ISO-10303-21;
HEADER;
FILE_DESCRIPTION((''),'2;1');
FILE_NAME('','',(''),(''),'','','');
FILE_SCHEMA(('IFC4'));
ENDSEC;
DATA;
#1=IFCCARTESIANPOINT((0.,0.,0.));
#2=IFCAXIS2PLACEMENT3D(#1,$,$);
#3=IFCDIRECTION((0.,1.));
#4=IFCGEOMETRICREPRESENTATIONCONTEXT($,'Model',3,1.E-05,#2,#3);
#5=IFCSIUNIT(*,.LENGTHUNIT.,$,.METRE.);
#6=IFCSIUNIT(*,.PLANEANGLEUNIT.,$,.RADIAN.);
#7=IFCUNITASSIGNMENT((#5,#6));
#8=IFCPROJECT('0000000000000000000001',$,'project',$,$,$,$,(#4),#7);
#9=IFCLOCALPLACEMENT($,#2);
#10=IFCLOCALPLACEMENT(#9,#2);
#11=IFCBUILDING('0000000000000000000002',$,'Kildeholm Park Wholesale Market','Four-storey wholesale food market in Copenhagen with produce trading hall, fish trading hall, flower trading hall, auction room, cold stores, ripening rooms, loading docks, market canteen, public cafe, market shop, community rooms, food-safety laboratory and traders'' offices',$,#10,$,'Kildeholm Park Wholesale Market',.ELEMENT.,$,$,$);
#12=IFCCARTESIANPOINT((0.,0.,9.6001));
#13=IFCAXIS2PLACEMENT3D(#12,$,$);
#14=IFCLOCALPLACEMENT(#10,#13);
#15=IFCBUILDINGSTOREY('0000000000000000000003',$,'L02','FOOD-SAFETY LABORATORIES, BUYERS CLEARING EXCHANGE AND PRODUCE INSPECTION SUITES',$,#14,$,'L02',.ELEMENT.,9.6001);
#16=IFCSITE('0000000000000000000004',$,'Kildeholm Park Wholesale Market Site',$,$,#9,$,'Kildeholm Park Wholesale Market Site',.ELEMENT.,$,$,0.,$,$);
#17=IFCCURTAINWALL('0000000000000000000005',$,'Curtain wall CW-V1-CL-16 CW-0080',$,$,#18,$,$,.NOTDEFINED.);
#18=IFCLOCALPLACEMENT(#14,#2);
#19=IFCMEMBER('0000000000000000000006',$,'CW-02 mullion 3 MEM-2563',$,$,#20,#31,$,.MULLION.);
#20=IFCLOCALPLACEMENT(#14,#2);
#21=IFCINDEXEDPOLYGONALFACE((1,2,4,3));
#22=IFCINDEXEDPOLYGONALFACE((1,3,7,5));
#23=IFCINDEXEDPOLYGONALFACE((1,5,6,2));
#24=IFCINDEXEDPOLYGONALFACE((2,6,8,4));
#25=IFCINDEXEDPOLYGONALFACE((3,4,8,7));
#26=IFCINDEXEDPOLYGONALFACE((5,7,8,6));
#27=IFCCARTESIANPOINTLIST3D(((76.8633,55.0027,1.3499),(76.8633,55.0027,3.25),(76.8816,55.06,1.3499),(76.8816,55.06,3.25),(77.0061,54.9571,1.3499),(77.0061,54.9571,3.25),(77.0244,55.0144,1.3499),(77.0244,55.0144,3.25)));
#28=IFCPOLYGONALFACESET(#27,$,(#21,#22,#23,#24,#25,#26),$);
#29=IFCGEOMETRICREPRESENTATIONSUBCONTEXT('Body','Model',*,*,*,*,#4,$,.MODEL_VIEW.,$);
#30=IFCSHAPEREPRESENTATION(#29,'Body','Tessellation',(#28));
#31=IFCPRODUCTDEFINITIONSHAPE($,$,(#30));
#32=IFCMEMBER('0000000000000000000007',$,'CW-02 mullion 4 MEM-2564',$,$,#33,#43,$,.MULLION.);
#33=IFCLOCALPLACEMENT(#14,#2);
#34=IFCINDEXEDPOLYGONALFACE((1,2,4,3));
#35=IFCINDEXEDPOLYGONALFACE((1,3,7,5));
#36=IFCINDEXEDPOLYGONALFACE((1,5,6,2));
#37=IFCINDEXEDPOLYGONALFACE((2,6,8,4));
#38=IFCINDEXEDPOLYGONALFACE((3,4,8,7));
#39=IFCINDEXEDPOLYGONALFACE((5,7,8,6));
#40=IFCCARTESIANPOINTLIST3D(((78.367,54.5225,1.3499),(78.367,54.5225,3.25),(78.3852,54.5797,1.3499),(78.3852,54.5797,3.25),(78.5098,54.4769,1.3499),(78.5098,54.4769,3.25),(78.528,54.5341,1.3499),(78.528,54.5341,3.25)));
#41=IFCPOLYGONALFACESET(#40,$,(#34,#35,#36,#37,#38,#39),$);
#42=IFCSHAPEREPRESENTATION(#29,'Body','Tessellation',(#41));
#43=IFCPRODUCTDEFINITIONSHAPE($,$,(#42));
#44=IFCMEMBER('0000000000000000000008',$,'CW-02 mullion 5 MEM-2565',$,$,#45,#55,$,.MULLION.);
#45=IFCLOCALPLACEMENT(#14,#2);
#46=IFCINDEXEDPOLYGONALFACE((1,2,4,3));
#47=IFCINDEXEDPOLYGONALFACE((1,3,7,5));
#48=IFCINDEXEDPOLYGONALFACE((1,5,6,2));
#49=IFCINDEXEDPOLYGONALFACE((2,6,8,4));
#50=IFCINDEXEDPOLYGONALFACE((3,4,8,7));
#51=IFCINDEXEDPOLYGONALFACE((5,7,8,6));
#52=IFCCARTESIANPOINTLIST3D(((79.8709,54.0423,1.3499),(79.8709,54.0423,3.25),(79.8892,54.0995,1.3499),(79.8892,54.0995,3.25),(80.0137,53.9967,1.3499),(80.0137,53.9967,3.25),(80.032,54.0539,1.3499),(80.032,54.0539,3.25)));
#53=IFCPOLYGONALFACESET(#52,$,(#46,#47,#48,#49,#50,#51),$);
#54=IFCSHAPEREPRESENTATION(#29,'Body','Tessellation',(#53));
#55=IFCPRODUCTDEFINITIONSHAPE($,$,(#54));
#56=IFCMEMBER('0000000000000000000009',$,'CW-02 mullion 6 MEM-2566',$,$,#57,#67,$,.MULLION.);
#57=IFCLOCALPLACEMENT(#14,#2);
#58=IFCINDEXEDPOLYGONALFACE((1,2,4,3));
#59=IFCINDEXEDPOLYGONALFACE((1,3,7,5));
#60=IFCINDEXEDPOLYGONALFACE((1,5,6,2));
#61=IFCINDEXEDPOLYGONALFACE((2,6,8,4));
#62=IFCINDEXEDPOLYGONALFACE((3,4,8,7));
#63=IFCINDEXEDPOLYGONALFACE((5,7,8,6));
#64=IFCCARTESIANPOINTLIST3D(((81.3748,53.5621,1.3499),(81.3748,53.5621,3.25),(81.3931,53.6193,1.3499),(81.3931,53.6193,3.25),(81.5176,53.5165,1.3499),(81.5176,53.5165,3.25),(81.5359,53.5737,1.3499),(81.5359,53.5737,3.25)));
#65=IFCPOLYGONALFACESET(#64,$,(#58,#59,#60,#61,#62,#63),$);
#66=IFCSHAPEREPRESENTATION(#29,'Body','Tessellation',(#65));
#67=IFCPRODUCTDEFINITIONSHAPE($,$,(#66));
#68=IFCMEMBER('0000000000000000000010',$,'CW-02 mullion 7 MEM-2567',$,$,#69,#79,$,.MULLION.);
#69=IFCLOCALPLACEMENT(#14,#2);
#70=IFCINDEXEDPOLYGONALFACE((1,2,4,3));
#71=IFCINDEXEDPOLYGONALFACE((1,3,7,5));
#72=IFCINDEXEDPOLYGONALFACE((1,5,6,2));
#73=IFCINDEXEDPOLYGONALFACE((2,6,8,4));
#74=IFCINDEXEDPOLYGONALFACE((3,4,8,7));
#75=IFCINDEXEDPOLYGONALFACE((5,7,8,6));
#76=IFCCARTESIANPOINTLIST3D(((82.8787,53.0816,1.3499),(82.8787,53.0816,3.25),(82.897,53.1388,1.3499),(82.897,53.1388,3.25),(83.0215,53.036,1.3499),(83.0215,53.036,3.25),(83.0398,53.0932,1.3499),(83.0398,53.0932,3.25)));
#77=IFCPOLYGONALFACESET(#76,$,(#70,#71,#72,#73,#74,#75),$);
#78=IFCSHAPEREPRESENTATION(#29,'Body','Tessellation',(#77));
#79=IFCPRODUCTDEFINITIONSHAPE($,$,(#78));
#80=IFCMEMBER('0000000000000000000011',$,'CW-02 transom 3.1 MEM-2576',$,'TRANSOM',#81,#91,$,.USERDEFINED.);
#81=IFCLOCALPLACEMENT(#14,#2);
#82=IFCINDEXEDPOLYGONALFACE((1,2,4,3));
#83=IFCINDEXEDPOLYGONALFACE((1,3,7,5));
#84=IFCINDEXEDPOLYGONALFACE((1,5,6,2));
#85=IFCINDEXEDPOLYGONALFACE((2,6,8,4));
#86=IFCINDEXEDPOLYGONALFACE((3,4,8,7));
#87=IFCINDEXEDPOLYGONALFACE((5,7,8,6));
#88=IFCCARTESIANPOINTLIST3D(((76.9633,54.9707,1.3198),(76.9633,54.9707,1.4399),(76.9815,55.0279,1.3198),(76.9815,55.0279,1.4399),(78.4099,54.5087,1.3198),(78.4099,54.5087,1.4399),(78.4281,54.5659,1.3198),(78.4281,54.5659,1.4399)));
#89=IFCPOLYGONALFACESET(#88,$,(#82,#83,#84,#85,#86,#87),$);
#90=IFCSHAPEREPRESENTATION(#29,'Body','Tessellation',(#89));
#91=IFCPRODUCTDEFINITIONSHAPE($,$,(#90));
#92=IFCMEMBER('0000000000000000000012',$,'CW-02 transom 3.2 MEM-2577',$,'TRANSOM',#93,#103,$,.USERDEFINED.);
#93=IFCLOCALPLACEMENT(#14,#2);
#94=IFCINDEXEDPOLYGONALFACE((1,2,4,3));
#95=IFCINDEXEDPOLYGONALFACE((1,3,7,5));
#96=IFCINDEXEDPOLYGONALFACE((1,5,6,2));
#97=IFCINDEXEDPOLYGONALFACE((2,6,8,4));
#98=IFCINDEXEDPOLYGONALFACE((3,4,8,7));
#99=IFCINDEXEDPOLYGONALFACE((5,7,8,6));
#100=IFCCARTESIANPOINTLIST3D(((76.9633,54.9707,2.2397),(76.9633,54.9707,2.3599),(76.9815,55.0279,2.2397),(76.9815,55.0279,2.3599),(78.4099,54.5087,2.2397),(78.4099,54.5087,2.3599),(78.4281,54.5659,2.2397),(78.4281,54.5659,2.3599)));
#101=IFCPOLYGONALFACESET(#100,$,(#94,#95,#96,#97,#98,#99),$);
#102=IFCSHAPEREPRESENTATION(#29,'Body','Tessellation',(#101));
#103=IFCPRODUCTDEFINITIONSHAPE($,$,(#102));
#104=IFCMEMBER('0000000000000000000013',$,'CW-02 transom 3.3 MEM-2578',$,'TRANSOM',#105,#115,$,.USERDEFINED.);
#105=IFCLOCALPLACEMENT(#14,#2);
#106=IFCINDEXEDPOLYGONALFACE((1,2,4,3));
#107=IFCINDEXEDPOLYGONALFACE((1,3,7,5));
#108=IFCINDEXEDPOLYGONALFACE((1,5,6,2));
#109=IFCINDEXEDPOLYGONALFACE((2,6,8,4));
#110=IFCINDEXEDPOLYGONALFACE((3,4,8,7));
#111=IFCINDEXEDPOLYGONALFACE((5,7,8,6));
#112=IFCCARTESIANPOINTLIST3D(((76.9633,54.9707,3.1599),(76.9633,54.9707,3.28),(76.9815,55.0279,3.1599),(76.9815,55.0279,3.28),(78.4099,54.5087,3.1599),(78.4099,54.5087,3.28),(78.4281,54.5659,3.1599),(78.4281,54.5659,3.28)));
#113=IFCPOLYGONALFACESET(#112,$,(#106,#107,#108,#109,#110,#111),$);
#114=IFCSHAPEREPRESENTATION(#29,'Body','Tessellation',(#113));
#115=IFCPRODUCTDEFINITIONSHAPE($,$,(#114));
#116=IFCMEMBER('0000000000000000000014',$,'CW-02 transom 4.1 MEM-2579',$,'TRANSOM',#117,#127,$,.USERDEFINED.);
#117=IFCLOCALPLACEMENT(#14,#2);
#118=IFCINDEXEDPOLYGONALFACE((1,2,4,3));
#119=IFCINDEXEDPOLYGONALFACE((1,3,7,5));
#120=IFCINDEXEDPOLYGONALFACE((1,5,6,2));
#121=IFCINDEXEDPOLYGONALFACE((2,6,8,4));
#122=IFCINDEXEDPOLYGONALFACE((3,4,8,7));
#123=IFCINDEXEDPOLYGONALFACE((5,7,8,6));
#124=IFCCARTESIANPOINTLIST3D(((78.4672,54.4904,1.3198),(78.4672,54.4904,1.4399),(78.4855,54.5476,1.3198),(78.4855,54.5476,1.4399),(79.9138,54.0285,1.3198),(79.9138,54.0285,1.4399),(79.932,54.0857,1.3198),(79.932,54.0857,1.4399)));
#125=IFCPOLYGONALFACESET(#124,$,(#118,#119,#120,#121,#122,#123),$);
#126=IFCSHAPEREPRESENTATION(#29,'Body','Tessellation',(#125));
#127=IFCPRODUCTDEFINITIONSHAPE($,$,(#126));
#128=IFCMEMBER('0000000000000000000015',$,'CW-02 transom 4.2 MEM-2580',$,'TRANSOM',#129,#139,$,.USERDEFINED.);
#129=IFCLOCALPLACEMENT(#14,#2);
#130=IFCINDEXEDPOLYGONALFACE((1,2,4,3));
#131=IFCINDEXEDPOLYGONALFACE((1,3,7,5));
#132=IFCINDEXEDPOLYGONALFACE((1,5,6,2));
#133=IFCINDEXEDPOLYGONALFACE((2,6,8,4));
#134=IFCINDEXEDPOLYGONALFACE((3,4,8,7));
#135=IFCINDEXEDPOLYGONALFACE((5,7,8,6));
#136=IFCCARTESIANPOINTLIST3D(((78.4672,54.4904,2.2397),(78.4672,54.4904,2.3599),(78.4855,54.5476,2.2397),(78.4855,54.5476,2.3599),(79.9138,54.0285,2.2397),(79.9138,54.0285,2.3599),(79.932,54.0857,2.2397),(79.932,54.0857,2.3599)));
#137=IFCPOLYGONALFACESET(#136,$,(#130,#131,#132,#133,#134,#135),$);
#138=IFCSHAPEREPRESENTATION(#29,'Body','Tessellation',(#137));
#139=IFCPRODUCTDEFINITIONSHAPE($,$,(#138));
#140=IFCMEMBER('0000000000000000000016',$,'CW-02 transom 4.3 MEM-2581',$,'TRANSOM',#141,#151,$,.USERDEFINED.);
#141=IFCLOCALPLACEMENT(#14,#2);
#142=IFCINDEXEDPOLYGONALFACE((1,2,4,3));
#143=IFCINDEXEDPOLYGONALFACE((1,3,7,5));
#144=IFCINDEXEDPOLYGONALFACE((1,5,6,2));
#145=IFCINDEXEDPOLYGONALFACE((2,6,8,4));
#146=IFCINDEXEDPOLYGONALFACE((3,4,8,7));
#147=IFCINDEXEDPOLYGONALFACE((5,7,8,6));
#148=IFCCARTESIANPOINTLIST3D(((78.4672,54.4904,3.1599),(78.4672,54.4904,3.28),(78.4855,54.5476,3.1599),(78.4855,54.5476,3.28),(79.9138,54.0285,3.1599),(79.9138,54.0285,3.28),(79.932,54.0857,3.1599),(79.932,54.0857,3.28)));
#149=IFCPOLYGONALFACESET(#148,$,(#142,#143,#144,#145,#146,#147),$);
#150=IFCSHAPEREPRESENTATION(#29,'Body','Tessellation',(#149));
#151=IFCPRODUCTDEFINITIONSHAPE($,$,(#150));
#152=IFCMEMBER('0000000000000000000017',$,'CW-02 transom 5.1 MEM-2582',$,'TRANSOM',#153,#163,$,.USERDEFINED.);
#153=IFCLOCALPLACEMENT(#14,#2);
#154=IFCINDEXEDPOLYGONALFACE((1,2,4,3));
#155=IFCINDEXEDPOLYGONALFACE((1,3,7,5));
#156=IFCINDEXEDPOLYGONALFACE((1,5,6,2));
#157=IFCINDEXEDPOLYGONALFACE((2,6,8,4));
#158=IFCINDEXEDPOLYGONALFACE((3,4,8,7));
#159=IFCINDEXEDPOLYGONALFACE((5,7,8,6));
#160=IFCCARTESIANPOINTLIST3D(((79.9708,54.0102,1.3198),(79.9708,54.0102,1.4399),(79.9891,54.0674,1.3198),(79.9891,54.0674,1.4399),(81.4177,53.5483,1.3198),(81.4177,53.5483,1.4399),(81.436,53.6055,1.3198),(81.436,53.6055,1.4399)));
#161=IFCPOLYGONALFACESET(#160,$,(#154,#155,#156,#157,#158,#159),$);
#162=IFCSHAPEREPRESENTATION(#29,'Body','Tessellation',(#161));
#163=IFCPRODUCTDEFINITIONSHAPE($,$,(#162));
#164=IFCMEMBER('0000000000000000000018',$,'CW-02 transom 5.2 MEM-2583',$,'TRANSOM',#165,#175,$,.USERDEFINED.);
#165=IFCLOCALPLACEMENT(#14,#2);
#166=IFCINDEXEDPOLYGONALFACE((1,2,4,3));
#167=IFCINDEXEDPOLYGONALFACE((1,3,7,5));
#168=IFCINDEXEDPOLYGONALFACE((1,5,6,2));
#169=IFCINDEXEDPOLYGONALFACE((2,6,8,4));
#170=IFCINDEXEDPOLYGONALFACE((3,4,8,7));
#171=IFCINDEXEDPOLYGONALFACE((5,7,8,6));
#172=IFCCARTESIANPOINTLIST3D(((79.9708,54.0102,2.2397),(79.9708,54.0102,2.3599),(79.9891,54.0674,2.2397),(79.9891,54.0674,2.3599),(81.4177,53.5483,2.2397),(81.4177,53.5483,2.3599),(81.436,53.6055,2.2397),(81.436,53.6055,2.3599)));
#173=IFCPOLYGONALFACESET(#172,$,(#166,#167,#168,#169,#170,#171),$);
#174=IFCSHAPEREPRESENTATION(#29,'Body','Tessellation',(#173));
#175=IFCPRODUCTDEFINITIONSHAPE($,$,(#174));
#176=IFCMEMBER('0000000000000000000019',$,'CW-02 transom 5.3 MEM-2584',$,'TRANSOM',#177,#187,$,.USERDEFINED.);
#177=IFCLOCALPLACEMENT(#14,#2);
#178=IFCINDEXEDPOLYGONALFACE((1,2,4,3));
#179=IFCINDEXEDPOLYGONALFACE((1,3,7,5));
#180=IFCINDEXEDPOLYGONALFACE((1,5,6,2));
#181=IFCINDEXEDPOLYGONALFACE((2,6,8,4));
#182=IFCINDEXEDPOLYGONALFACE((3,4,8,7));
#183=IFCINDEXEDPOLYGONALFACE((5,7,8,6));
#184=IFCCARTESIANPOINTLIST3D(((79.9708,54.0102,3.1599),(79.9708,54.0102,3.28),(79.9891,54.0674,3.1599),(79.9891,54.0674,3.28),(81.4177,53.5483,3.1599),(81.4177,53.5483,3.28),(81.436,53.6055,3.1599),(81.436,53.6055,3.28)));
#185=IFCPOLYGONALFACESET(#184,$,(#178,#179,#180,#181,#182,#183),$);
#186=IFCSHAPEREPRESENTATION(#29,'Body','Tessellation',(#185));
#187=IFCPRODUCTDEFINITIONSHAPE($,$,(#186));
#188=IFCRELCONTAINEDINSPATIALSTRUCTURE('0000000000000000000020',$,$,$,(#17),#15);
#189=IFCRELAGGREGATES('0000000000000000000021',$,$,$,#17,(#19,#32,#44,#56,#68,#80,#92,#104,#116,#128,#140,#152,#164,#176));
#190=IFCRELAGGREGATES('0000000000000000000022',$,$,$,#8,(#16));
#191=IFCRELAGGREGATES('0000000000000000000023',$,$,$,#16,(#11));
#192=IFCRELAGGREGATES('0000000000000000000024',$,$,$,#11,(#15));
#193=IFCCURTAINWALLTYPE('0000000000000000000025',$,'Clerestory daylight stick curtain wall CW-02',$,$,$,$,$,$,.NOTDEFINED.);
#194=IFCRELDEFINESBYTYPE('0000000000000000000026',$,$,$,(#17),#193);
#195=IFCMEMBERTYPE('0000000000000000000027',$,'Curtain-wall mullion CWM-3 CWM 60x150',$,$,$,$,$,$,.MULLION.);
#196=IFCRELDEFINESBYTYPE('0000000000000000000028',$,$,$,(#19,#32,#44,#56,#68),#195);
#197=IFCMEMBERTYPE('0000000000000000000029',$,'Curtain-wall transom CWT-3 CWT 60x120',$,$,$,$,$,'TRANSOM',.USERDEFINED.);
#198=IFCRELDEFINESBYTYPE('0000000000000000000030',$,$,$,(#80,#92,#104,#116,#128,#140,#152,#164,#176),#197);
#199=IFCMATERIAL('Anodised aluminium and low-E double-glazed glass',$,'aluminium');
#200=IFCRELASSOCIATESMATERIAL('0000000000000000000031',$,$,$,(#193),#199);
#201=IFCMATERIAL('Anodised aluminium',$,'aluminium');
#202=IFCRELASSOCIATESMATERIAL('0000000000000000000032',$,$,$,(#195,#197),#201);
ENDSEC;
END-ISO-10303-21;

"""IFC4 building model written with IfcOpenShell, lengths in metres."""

from ifc_helpers import new_model, si_unit, direction, frame, origin, origin_2d, place, context, subcontext, project, spatial, rectangle, extrude, material, material_profile, profile_set, type_object, element, aggregate, save


model = new_model("IFC4")

# Units and contexts
model_context = context("Model", 3, precision=1e-05, world=origin(), true_north=direction((0.0, 1.0)))
body_context = subcontext(model_context, "Body", "Model", "MODEL_VIEW")
ifc_project = project(units=[si_unit("LENGTHUNIT", "METRE"), si_unit("PLANEANGLEUNIT", "RADIAN")], contexts=[model_context])

# Site, building, storey
site_placement = place(None, origin())
site = spatial("IfcSite", under=ifc_project, at=site_placement, Name="Kildeholm Park Wholesale Market Site", LongName="Kildeholm Park Wholesale Market Site", CompositionType="ELEMENT", RefElevation=0.0)
building_placement = place(site_placement, origin())
building = spatial("IfcBuilding", under=site, at=building_placement, Name="Kildeholm Park Wholesale Market", Description="Four-storey wholesale food market in Copenhagen with produce trading hall, fish trading hall, flower trading hall, auction room, cold stores, ripening rooms, loading docks, market canteen, public cafe, market shop, community rooms, food-safety laboratory and traders' offices", LongName="Kildeholm Park Wholesale Market", CompositionType="ELEMENT")
storey_placement = place(building_placement, frame((0.0, 0.0, 9.6001)))
storey = spatial("IfcBuildingStorey", under=building, at=storey_placement, Name="L02", Description="FOOD-SAFETY LABORATORIES, BUYERS CLEARING EXCHANGE AND PRODUCE INSPECTION SUITES", LongName="L02", CompositionType="ELEMENT", Elevation=9.6001)

# Curtain wall, members
ifc_material_1 = material(Name="Anodised aluminium and low-E double-glazed glass", Category="aluminium")
curtain_wall_type = type_object("IfcCurtainWallType", Name="Clerestory daylight stick curtain wall CW-02", PredefinedType="NOTDEFINED", material=ifc_material_1)
curtain_wall_placement = place(storey_placement, origin())
curtain_wall = element("IfcCurtainWall", 1, at=curtain_wall_placement, inside=storey, type_object=curtain_wall_type, Name="Curtain wall CW-V1-CL-16 CW-0080", PredefinedType="NOTDEFINED")
ifc_material_2 = material(Name="Anodised aluminium", Category="aluminium")
ifc_material_profile_1 = material_profile(ifc_material_2, rectangle(XDim=0.0601, YDim=0.1499, at=origin_2d()), Name="CWM 60x150")
ifc_profile_set_1 = profile_set([ifc_material_profile_1], Name="Anodised aluminium")
member_type_1 = type_object("IfcMemberType", Name="Curtain-wall mullion CWM-3 CWM 60x150", PredefinedType="MULLION", material=ifc_profile_set_1)
member_1_placement = place(storey_placement, frame((76.9438, 55.0085, 1.3499), z_axis=(0.0, 0.0, 1.0), x_axis=(0.304207, 0.952606, 0.0)))
member_1 = element("IfcMember", 2, at=member_1_placement, type_object=member_type_1, Name="CW-02 mullion 3 MEM-2563", PredefinedType="MULLION", context=body_context, shape_type="SweptSolid", body=[
    extrude(rectangle(XDim=0.0601, YDim=0.1499, at=origin_2d()), origin(), (0.0, 0.0, 1.0), 1.9001),
])
member_2_placement = place(storey_placement, frame((78.4475, 54.5283, 1.3499), z_axis=(0.0, 0.0, 1.0), x_axis=(0.304207, 0.952606, 0.0)))
member_2 = element("IfcMember", 3, at=member_2_placement, type_object=member_type_1, Name="CW-02 mullion 4 MEM-2564", PredefinedType="MULLION", context=body_context, shape_type="SweptSolid", body=[
    extrude(rectangle(XDim=0.0601, YDim=0.1499, at=origin_2d()), origin(), (0.0, 0.0, 1.0), 1.9001),
])
member_3_placement = place(storey_placement, frame((79.9514, 54.0481, 1.3499), z_axis=(0.0, 0.0, 1.0), x_axis=(0.304207, 0.952606, 0.0)))
member_3 = element("IfcMember", 4, at=member_3_placement, type_object=member_type_1, Name="CW-02 mullion 5 MEM-2565", PredefinedType="MULLION", context=body_context, shape_type="SweptSolid", body=[
    extrude(rectangle(XDim=0.0601, YDim=0.1499, at=origin_2d()), origin(), (0.0, 0.0, 1.0), 1.9001),
])
member_4_placement = place(storey_placement, frame((81.4553, 53.5679, 1.3499), z_axis=(0.0, 0.0, 1.0), x_axis=(0.304207, 0.952606, 0.0)))
member_4 = element("IfcMember", 5, at=member_4_placement, type_object=member_type_1, Name="CW-02 mullion 6 MEM-2566", PredefinedType="MULLION", context=body_context, shape_type="SweptSolid", body=[
    extrude(rectangle(XDim=0.0601, YDim=0.1499, at=origin_2d()), origin(), (0.0, 0.0, 1.0), 1.9001),
])
member_5_placement = place(storey_placement, frame((82.9592, 53.0874, 1.3499), z_axis=(0.0, 0.0, 1.0), x_axis=(0.304207, 0.952606, 0.0)))
member_5 = element("IfcMember", 6, at=member_5_placement, type_object=member_type_1, Name="CW-02 mullion 7 MEM-2567", PredefinedType="MULLION", context=body_context, shape_type="SweptSolid", body=[
    extrude(rectangle(XDim=0.0601, YDim=0.1499, at=origin_2d()), origin(), (0.0, 0.0, 1.0), 1.9001),
])
ifc_material_profile_2 = material_profile(ifc_material_2, rectangle(XDim=0.0601, YDim=0.1201, at=origin_2d()), Name="CWT 60x120")
ifc_profile_set_2 = profile_set([ifc_material_profile_2], Name="Anodised aluminium")
member_type_2 = type_object("IfcMemberType", Name="Curtain-wall transom CWT-3 CWT 60x120", ElementType="TRANSOM", PredefinedType="USERDEFINED", material=ifc_profile_set_2)
member_6_placement = place(storey_placement, frame((76.9724, 54.9993, 1.3799), z_axis=(0.952611, -0.304192, 0.0), x_axis=(0.304192, 0.952611, 0.0)))
member_6 = element("IfcMember", 7, at=member_6_placement, type_object=member_type_2, Name="CW-02 transom 3.1 MEM-2576", ObjectType="TRANSOM", PredefinedType="USERDEFINED", context=body_context, shape_type="SweptSolid", body=[
    extrude(rectangle(XDim=0.0601, YDim=0.1201, at=origin_2d()), origin(), (0.0, 0.0, 1.0), 1.5186),
])
member_7_placement = place(storey_placement, frame((76.9724, 54.9993, 2.2998), z_axis=(0.952611, -0.304192, 0.0), x_axis=(0.304192, 0.952611, 0.0)))
member_7 = element("IfcMember", 8, at=member_7_placement, type_object=member_type_2, Name="CW-02 transom 3.2 MEM-2577", ObjectType="TRANSOM", PredefinedType="USERDEFINED", context=body_context, shape_type="SweptSolid", body=[
    extrude(rectangle(XDim=0.0601, YDim=0.1201, at=origin_2d()), origin(), (0.0, 0.0, 1.0), 1.5186),
])
member_8_placement = place(storey_placement, frame((76.9724, 54.9993, 3.22), z_axis=(0.952611, -0.304192, 0.0), x_axis=(0.304192, 0.952611, 0.0)))
member_8 = element("IfcMember", 9, at=member_8_placement, type_object=member_type_2, Name="CW-02 transom 3.3 MEM-2578", ObjectType="TRANSOM", PredefinedType="USERDEFINED", context=body_context, shape_type="SweptSolid", body=[
    extrude(rectangle(XDim=0.0601, YDim=0.1201, at=origin_2d()), origin(), (0.0, 0.0, 1.0), 1.5186),
])
member_9_placement = place(storey_placement, frame((78.4763, 54.519, 1.3799), z_axis=(0.952611, -0.304192, 0.0), x_axis=(0.304192, 0.952611, 0.0)))
member_9 = element("IfcMember", 10, at=member_9_placement, type_object=member_type_2, Name="CW-02 transom 4.1 MEM-2579", ObjectType="TRANSOM", PredefinedType="USERDEFINED", context=body_context, shape_type="SweptSolid", body=[
    extrude(rectangle(XDim=0.0601, YDim=0.1201, at=origin_2d()), origin(), (0.0, 0.0, 1.0), 1.5186),
])
member_10_placement = place(storey_placement, frame((78.4763, 54.519, 2.2998), z_axis=(0.952611, -0.304192, 0.0), x_axis=(0.304192, 0.952611, 0.0)))
member_10 = element("IfcMember", 11, at=member_10_placement, type_object=member_type_2, Name="CW-02 transom 4.2 MEM-2580", ObjectType="TRANSOM", PredefinedType="USERDEFINED", context=body_context, shape_type="SweptSolid", body=[
    extrude(rectangle(XDim=0.0601, YDim=0.1201, at=origin_2d()), origin(), (0.0, 0.0, 1.0), 1.5186),
])
member_11_placement = place(storey_placement, frame((78.4763, 54.519, 3.22), z_axis=(0.952611, -0.304192, 0.0), x_axis=(0.304192, 0.952611, 0.0)))
member_11 = element("IfcMember", 12, at=member_11_placement, type_object=member_type_2, Name="CW-02 transom 4.3 MEM-2581", ObjectType="TRANSOM", PredefinedType="USERDEFINED", context=body_context, shape_type="SweptSolid", body=[
    extrude(rectangle(XDim=0.0601, YDim=0.1201, at=origin_2d()), origin(), (0.0, 0.0, 1.0), 1.5186),
])
member_12_placement = place(storey_placement, frame((79.98, 54.0388, 1.3799), z_axis=(0.952626, -0.304146, 0.0), x_axis=(0.304146, 0.952626, 0.0)))
member_12 = element("IfcMember", 13, at=member_12_placement, type_object=member_type_2, Name="CW-02 transom 5.1 MEM-2582", ObjectType="TRANSOM", PredefinedType="USERDEFINED", context=body_context, shape_type="SweptSolid", body=[
    extrude(rectangle(XDim=0.0601, YDim=0.1201, at=origin_2d()), origin(), (0.0, 0.0, 1.0), 1.5188),
])
member_13_placement = place(storey_placement, frame((79.98, 54.0388, 2.2998), z_axis=(0.952626, -0.304146, 0.0), x_axis=(0.304146, 0.952626, 0.0)))
member_13 = element("IfcMember", 14, at=member_13_placement, type_object=member_type_2, Name="CW-02 transom 5.2 MEM-2583", ObjectType="TRANSOM", PredefinedType="USERDEFINED", context=body_context, shape_type="SweptSolid", body=[
    extrude(rectangle(XDim=0.0601, YDim=0.1201, at=origin_2d()), origin(), (0.0, 0.0, 1.0), 1.5188),
])
member_14_placement = place(storey_placement, frame((79.98, 54.0388, 3.22), z_axis=(0.952626, -0.304146, 0.0), x_axis=(0.304146, 0.952626, 0.0)))
member_14 = element("IfcMember", 15, at=member_14_placement, type_object=member_type_2, Name="CW-02 transom 5.3 MEM-2584", ObjectType="TRANSOM", PredefinedType="USERDEFINED", context=body_context, shape_type="SweptSolid", body=[
    extrude(rectangle(XDim=0.0601, YDim=0.1201, at=origin_2d()), origin(), (0.0, 0.0, 1.0), 1.5188),
])
aggregate(curtain_wall, [member_1, member_2, member_3, member_4, member_5, member_6, member_7, member_8, member_9, member_10, member_11, member_12, member_13, member_14])

save(model, "model.ifc")
